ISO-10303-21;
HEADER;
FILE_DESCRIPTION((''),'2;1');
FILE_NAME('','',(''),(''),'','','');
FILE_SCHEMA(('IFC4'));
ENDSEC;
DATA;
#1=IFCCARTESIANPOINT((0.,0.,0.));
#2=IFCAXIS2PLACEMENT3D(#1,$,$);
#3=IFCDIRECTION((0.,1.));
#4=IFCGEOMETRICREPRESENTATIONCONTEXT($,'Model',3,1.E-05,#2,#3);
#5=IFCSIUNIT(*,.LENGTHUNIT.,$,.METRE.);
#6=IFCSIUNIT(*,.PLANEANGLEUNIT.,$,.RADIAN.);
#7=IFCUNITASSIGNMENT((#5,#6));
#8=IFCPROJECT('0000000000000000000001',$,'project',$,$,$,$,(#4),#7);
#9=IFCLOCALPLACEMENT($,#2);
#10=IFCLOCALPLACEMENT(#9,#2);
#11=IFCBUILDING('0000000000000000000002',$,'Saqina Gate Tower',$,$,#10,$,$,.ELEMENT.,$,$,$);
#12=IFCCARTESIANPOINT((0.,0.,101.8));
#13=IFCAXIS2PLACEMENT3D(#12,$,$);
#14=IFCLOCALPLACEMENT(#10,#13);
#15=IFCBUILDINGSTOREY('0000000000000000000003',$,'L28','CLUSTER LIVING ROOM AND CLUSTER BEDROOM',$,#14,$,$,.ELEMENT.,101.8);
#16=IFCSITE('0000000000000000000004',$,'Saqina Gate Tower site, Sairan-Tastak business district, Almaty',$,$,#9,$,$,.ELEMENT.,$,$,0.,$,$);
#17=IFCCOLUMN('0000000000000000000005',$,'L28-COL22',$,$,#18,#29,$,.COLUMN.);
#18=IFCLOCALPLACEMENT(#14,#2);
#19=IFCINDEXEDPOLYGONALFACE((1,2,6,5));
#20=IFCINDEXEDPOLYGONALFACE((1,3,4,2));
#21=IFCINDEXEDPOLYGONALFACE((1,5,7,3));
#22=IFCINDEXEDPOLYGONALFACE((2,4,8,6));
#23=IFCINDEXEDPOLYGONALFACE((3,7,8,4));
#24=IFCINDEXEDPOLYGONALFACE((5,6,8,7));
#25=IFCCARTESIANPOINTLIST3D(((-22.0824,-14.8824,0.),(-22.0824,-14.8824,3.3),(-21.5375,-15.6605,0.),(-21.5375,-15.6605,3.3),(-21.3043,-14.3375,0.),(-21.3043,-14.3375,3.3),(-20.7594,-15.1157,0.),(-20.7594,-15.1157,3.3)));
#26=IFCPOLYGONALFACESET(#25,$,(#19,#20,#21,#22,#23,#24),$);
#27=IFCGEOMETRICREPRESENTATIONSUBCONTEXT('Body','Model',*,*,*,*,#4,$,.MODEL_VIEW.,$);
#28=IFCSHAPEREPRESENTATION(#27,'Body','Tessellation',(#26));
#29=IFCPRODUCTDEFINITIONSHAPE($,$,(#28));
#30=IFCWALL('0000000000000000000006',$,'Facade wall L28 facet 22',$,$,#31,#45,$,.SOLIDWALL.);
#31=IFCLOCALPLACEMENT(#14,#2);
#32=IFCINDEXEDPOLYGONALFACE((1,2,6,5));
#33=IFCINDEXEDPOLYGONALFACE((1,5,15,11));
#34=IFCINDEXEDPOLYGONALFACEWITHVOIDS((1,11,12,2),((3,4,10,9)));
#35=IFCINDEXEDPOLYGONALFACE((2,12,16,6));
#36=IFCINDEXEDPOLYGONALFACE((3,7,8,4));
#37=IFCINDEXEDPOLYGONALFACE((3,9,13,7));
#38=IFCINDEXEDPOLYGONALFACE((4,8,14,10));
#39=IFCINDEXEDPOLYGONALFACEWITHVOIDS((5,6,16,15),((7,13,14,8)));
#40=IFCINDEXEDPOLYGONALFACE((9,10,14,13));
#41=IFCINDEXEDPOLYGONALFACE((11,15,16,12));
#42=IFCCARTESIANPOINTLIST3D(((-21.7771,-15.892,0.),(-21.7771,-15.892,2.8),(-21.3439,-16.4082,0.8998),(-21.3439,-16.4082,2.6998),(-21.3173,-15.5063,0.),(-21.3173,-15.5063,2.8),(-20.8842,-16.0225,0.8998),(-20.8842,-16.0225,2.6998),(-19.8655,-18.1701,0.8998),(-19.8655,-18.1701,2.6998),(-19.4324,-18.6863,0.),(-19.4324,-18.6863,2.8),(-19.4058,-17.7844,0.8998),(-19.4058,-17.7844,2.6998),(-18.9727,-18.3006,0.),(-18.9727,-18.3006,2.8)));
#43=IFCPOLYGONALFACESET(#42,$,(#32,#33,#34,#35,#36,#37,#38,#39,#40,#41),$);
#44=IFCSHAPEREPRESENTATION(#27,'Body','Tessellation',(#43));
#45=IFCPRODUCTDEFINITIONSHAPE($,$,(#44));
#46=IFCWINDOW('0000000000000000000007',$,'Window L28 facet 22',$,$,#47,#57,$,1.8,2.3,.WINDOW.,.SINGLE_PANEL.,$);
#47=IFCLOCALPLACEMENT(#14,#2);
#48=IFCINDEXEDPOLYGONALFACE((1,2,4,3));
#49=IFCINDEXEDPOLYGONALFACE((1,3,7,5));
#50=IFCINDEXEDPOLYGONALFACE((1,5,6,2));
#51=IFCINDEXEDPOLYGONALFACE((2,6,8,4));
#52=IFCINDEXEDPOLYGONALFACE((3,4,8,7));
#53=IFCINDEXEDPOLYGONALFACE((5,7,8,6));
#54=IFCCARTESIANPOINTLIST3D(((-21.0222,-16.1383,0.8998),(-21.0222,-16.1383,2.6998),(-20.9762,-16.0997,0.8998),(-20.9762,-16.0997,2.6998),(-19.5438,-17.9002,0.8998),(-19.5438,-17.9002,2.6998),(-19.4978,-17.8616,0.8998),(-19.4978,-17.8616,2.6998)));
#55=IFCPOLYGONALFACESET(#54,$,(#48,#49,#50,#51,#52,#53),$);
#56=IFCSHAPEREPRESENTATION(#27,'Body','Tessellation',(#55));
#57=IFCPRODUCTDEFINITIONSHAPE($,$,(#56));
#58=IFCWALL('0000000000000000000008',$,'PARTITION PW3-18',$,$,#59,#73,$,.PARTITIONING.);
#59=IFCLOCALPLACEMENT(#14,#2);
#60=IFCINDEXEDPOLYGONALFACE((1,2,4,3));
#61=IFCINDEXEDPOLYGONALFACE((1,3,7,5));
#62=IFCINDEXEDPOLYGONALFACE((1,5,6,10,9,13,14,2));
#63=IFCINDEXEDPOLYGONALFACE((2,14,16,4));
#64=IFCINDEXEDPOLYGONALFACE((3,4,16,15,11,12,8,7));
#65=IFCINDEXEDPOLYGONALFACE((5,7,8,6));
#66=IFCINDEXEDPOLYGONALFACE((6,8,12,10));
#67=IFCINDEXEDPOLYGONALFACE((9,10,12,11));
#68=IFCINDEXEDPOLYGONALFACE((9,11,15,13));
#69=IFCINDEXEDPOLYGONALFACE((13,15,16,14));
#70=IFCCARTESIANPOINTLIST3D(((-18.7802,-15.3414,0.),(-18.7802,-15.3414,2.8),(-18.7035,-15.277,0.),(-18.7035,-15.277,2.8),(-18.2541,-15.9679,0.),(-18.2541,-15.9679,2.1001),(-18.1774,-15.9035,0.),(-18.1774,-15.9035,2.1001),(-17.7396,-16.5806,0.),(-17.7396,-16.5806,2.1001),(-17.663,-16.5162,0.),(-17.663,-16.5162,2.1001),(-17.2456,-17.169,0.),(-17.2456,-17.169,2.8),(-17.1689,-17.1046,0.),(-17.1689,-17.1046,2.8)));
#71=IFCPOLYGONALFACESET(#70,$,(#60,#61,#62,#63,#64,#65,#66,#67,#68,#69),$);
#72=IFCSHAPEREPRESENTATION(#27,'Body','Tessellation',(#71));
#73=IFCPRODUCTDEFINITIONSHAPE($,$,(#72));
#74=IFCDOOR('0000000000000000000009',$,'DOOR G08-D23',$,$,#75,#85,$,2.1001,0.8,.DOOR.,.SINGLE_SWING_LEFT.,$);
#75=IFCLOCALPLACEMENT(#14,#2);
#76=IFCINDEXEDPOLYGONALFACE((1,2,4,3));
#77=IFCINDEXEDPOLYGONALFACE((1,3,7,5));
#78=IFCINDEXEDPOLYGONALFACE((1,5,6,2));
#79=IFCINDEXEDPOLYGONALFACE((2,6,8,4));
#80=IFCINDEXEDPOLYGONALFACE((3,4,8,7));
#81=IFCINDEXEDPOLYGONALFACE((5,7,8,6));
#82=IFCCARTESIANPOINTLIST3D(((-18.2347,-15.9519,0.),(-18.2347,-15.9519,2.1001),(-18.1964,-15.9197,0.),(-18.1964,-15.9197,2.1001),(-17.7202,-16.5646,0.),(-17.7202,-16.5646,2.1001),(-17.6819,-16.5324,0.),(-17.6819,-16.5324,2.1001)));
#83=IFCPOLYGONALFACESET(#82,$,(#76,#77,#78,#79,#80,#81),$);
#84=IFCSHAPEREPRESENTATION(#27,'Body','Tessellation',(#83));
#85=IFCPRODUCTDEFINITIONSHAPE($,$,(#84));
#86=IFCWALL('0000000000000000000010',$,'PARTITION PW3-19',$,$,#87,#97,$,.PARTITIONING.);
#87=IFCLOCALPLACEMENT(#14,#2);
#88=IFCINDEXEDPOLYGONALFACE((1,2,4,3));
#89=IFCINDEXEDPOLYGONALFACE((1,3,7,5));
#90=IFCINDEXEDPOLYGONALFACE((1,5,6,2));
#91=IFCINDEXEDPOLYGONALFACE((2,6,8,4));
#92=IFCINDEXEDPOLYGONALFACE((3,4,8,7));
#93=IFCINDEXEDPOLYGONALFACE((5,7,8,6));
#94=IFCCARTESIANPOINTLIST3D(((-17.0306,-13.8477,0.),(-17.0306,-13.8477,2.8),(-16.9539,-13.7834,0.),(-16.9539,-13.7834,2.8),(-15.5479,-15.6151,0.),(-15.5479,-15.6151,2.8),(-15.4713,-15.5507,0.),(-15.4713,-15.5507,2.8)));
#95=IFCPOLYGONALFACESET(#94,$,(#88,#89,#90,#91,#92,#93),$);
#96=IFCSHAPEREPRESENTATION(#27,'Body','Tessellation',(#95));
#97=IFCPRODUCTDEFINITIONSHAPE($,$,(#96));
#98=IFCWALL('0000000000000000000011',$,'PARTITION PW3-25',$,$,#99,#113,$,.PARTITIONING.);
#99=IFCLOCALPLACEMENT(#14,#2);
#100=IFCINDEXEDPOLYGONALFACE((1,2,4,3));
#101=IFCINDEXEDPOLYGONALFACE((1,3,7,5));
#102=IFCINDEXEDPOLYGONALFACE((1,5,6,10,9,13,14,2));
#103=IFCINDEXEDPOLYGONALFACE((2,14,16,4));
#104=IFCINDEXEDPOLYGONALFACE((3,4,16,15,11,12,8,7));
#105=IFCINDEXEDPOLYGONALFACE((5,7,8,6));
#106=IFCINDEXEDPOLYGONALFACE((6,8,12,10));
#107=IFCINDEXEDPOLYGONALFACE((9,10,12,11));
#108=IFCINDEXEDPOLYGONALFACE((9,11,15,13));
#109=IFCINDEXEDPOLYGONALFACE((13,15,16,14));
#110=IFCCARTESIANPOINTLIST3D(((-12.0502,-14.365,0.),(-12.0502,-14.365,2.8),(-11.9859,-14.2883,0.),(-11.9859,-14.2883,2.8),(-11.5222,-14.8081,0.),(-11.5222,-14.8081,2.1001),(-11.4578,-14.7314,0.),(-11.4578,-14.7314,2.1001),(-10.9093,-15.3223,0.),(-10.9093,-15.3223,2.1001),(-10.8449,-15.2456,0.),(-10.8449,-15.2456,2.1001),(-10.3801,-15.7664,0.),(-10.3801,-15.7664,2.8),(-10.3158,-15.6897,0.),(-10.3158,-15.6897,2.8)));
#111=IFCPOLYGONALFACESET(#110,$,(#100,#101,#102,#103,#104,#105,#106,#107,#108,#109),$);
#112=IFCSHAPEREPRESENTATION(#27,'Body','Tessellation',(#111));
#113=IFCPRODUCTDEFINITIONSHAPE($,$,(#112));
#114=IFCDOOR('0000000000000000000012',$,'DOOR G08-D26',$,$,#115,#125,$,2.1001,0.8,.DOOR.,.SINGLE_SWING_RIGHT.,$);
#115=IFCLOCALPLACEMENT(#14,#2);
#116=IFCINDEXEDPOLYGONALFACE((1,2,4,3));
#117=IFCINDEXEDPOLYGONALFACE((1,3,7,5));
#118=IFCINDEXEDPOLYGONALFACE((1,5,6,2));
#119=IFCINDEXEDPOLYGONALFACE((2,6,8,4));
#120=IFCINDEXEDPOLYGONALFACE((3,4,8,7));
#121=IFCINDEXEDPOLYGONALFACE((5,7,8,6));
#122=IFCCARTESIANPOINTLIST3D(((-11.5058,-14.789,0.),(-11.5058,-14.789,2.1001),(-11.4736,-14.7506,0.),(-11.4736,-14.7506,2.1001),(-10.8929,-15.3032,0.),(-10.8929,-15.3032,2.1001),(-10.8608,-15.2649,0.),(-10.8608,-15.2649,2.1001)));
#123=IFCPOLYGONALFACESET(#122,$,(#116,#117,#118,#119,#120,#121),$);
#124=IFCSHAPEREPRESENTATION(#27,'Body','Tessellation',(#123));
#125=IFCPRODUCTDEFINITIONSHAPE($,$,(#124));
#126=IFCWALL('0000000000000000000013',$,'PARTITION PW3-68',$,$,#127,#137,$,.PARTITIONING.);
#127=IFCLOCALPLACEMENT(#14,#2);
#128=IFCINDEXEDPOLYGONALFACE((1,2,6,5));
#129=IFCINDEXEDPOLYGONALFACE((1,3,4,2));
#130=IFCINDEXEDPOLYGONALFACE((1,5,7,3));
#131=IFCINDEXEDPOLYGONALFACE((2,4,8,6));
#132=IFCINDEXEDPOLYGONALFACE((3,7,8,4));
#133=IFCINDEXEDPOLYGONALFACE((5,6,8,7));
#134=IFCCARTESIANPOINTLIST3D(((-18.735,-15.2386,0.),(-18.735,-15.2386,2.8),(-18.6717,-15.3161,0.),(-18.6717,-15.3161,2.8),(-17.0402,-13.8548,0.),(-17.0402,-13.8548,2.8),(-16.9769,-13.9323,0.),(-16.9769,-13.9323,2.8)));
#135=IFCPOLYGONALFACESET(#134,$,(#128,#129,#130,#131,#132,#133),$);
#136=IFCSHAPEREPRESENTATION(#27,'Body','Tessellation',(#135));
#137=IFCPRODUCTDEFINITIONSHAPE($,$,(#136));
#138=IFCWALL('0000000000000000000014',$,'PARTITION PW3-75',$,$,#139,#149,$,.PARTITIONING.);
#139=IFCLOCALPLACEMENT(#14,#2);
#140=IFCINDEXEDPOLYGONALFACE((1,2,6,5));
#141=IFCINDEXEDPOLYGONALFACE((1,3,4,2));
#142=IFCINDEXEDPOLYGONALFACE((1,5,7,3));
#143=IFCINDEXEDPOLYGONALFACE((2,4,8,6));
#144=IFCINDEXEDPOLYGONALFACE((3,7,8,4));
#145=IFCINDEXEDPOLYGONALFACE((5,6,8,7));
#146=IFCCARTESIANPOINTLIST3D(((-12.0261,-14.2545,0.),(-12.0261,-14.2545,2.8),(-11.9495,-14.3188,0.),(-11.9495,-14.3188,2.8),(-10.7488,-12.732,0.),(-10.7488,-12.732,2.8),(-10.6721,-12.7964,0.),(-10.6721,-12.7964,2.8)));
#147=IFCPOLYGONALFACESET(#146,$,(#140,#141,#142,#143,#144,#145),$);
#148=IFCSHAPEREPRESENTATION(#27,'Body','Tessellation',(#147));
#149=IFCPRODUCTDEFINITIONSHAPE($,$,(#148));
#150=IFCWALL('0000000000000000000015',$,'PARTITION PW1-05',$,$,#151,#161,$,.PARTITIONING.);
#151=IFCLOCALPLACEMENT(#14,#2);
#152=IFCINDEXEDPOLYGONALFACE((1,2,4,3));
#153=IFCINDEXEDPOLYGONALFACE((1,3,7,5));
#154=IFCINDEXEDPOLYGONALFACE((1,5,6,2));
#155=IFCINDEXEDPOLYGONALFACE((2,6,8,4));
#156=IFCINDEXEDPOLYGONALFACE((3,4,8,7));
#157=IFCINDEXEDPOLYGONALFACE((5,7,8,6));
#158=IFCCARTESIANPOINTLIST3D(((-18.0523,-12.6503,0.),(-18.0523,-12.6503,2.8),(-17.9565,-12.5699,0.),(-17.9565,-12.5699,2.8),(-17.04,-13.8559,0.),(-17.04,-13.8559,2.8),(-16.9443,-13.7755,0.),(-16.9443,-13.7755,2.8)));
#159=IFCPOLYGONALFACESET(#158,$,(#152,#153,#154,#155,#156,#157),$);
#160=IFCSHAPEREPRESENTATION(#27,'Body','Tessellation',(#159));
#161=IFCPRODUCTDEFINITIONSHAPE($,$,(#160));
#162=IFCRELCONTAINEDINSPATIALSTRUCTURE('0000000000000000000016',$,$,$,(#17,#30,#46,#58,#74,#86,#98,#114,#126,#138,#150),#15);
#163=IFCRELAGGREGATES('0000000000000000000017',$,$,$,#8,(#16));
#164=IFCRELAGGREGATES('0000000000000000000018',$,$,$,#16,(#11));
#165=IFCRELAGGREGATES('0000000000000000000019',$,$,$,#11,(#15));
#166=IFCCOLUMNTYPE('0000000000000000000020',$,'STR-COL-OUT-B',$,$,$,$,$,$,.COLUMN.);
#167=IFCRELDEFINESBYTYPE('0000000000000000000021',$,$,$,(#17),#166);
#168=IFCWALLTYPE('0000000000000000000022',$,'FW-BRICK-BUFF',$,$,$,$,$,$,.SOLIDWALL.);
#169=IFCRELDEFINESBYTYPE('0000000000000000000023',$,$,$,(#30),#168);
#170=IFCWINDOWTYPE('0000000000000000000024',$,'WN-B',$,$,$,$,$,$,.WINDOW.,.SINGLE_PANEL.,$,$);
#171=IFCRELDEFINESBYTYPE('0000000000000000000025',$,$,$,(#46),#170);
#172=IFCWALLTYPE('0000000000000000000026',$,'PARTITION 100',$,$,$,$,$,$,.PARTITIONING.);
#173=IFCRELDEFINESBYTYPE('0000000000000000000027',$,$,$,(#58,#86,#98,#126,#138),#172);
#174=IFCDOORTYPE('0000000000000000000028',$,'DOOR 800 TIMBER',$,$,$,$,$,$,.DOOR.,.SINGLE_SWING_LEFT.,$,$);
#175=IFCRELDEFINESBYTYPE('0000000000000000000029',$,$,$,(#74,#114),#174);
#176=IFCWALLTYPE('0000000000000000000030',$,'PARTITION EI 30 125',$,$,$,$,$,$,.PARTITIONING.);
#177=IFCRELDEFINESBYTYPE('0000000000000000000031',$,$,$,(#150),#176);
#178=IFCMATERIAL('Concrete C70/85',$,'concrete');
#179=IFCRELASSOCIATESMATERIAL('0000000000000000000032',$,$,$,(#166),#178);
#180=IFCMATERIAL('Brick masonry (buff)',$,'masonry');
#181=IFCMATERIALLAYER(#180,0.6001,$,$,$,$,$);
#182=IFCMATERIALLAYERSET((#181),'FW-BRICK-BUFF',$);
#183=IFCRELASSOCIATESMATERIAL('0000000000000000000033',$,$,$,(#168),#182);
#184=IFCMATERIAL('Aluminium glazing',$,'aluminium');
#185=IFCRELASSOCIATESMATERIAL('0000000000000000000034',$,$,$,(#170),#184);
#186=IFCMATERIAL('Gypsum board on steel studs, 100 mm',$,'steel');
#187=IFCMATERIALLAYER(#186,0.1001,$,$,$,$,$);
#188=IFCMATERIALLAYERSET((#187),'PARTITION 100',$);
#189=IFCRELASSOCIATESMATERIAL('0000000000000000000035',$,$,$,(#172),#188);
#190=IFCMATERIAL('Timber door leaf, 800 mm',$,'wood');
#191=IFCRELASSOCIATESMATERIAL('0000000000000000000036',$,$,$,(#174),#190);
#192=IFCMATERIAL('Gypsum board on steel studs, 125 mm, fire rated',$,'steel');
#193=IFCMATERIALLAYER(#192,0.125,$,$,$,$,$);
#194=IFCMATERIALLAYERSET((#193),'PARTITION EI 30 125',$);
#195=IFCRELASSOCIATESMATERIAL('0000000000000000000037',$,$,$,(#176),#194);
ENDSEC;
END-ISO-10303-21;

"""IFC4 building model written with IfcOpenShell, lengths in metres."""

from ifc_helpers import new_model, si_unit, direction, frame, frame_2d, origin, origin_2d, place, context, subcontext, project, spatial, rectangle, extrude, material, layer, layer_set, material_profile, profile_set, type_object, element, fill, save


model = new_model("IFC4")

# Units and contexts
model_context = context("Model", 3, precision=1e-05, world=origin(), true_north=direction((0.0, 1.0)))
body_context = subcontext(model_context, "Body", "Model", "MODEL_VIEW")
ifc_project = project(units=[si_unit("LENGTHUNIT", "METRE"), si_unit("PLANEANGLEUNIT", "RADIAN")], contexts=[model_context])

# Site, building, storey
site_placement = place(None, origin())
site = spatial("IfcSite", under=ifc_project, at=site_placement, Name="Saqina Gate Tower site, Sairan-Tastak business district, Almaty", CompositionType="ELEMENT", RefElevation=0.0)
building_placement = place(site_placement, origin())
building = spatial("IfcBuilding", under=site, at=building_placement, Name="Saqina Gate Tower", CompositionType="ELEMENT")
storey_placement = place(building_placement, frame((0.0, 0.0, 101.8)))
storey = spatial("IfcBuildingStorey", under=building, at=storey_placement, Name="L28", Description="CLUSTER LIVING ROOM AND CLUSTER BEDROOM", CompositionType="ELEMENT", Elevation=101.8)

# Column
ifc_material_1 = material(Name="Concrete C70/85", Category="concrete")
ifc_material_profile = material_profile(ifc_material_1, rectangle(XDim=0.95, YDim=0.95, at=origin_2d()), Name="RC 950x950")
ifc_profile_set = profile_set([ifc_material_profile], Name="Concrete C70/85")
column_type = type_object("IfcColumnType", Name="STR-COL-OUT-B", PredefinedType="COLUMN", material=ifc_profile_set)
column_placement = place(storey_placement, frame((-21.4209, -14.999, 0.0), z_axis=(0.0, 0.0, 1.0), x_axis=(-0.819152, -0.573576, 0.0)))
element("IfcColumn", 1, at=column_placement, inside=storey, type_object=column_type, Name="L28-COL22", PredefinedType="COLUMN", context=body_context, shape_type="SweptSolid", body=[
    extrude(rectangle(XDim=0.95, YDim=0.95, at=origin_2d()), origin(), (0.0, 0.0, 1.0), 3.3),
])

# Wall, opening, window
ifc_material_2 = material(Name="Brick masonry (buff)", Category="masonry")
ifc_layer_1 = layer(ifc_material_2, 0.6001)
ifc_layer_set_1 = layer_set([ifc_layer_1], Name="FW-BRICK-BUFF")
wall_type_1 = type_object("IfcWallType", Name="FW-BRICK-BUFF", PredefinedType="SOLIDWALL", material=ifc_layer_set_1)
wall_1_placement = place(storey_placement, frame((-21.5471, -15.6992, 0.0), z_axis=(0.0, 0.0, 1.0), x_axis=(0.642774, -0.766055, 0.0)))
wall_1 = element("IfcWall", 2, at=wall_1_placement, inside=storey, type_object=wall_type_1, Name="Facade wall L28 facet 22", PredefinedType="SOLIDWALL", context=body_context, shape_type="SweptSolid", body=[
    extrude(rectangle(XDim=3.6477, YDim=0.6001, at=frame_2d((1.8237, 0.0))), origin(), (0.0, 0.0, 1.0), 2.8),
])
opening_1_placement = place(wall_1_placement, frame((0.6738, 0.0, 0.8999)))
opening_1 = element("IfcOpeningElement", 3, at=opening_1_placement, cuts=wall_1, PredefinedType="OPENING", context=body_context, shape_type="SweptSolid", body=[
    extrude(rectangle(XDim=2.3, YDim=1.8, at=frame_2d((1.1499, 0.8999))), frame((0.0, 0.312, 0.0), z_axis=(0.0, -1.0, 0.0), x_axis=(1.0, 0.0, 0.0)), (0.0, 0.0, 1.0), 0.624),
])
ifc_material_3 = material(Name="Aluminium glazing", Category="aluminium")
window_type = type_object("IfcWindowType", Name="WN-B", PartitioningType="SINGLE_PANEL", PredefinedType="WINDOW", material=ifc_material_3)
window_placement = place(opening_1_placement, origin())
window = element("IfcWindow", 4, at=window_placement, inside=storey, type_object=window_type, Name="Window L28 facet 22", OverallHeight=1.8, OverallWidth=2.3, PartitioningType="SINGLE_PANEL", PredefinedType="WINDOW", context=body_context, shape_type="SweptSolid", body=[
    extrude(rectangle(XDim=2.3, YDim=1.8, at=frame_2d((1.1499, 0.8999))), frame((0.0, 0.1799, 0.0), z_axis=(0.0, -1.0, 0.0), x_axis=(1.0, 0.0, 0.0)), (0.0, 0.0, 1.0), 0.0601),
])
fill(opening_1, window)

# Wall, opening, door
ifc_material_4 = material(Name="Gypsum board on steel studs, 100 mm", Category="steel")
ifc_layer_2 = layer(ifc_material_4, 0.1001)
ifc_layer_set_2 = layer_set([ifc_layer_2], Name="PARTITION 100")
wall_type_2 = type_object("IfcWallType", Name="PARTITION 100", PredefinedType="PARTITIONING", material=ifc_layer_set_2)
wall_2_placement = place(storey_placement, frame((-18.7419, -15.3091, 0.0), z_axis=(0.0, 0.0, 1.0), x_axis=(0.643058, -0.765818, 0.0)))
wall_2 = element("IfcWall", 5, at=wall_2_placement, inside=storey, type_object=wall_type_2, Name="PARTITION PW3-18", PredefinedType="PARTITIONING", context=body_context, shape_type="SweptSolid", body=[
    extrude(rectangle(XDim=2.3865, YDim=0.1001, at=frame_2d((1.1934, 0.0))), origin(), (0.0, 0.0, 1.0), 2.8),
])
opening_2_placement = place(wall_2_placement, frame((0.8184, 0.0, 0.0)))
opening_2 = element("IfcOpeningElement", 6, at=opening_2_placement, cuts=wall_2, PredefinedType="OPENING", context=body_context, shape_type="SweptSolid", body=[
    extrude(rectangle(XDim=0.8, YDim=2.1001, at=frame_2d((0.3999, 1.05))), frame((0.0, 0.062, 0.0), z_axis=(0.0, -1.0, 0.0), x_axis=(1.0, 0.0, 0.0)), (0.0, 0.0, 1.0), 0.124),
])
ifc_material_5 = material(Name="Timber door leaf, 800 mm", Category="wood")
door_type_1 = type_object("IfcDoorType", Name="DOOR 800 TIMBER", OperationType="SINGLE_SWING_LEFT", PredefinedType="DOOR", material=ifc_material_5)
door_1_placement = place(opening_2_placement, frame((0.8, 0.0, 0.0), z_axis=(0.0, 0.0, 1.0), x_axis=(-1.0, 0.0, 0.0)))
door_1 = element("IfcDoor", 7, at=door_1_placement, inside=storey, type_object=door_type_1, Name="DOOR G08-D23", OperationType="SINGLE_SWING_LEFT", OverallHeight=2.1001, OverallWidth=0.8, PredefinedType="DOOR", context=body_context, shape_type="SweptSolid", body=[
    extrude(rectangle(XDim=0.8, YDim=2.1001, at=frame_2d((0.3999, 1.05))), frame((0.0, 0.0249, 0.0), z_axis=(0.0, -1.0, 0.0), x_axis=(1.0, 0.0, 0.0)), (0.0, 0.0, 1.0), 0.05),
])
fill(opening_2, door_1)

# Wall
wall_3_placement = place(storey_placement, frame((-16.9922, -13.8157, 0.0), z_axis=(0.0, 0.0, 1.0), x_axis=(0.64271, -0.766109, 0.0)))
element("IfcWall", 8, at=wall_3_placement, inside=storey, type_object=wall_type_2, Name="PARTITION PW3-19", PredefinedType="PARTITIONING", context=body_context, shape_type="SweptSolid", body=[
    extrude(rectangle(XDim=2.3069, YDim=0.1001, at=frame_2d((1.1533, 0.0))), origin(), (0.0, 0.0, 1.0), 2.8),
])

# Wall, opening, door
wall_4_placement = place(storey_placement, frame((-12.0181, -14.3267, 0.0), z_axis=(0.0, 0.0, 1.0), x_axis=(0.76606, -0.642769, 0.0)))
wall_4 = element("IfcWall", 9, at=wall_4_placement, inside=storey, type_object=wall_type_2, Name="PARTITION PW3-25", PredefinedType="PARTITIONING", context=body_context, shape_type="SweptSolid", body=[
    extrude(rectangle(XDim=2.1802, YDim=0.1001, at=frame_2d((1.0901, 0.0))), origin(), (0.0, 0.0, 1.0), 2.8),
])
opening_3_placement = place(wall_4_placement, frame((0.6895, 0.0, 0.0)))
opening_3 = element("IfcOpeningElement", 10, at=opening_3_placement, cuts=wall_4, PredefinedType="OPENING", context=body_context, shape_type="SweptSolid", body=[
    extrude(rectangle(XDim=0.8, YDim=2.1001, at=frame_2d((0.3999, 1.05))), frame((0.0, 0.062, 0.0), z_axis=(0.0, -1.0, 0.0), x_axis=(1.0, 0.0, 0.0)), (0.0, 0.0, 1.0), 0.124),
])
door_2_placement = place(opening_3_placement, frame((0.8, 0.0, 0.0), z_axis=(0.0, 0.0, 1.0), x_axis=(-1.0, 0.0, 0.0)))
door_2 = element("IfcDoor", 11, at=door_2_placement, inside=storey, type_object=door_type_1, Name="DOOR G08-D26", OperationType="SINGLE_SWING_RIGHT", OverallHeight=2.1001, OverallWidth=0.8, PredefinedType="DOOR", context=body_context, shape_type="SweptSolid", body=[
    extrude(rectangle(XDim=0.8, YDim=2.1001, at=frame_2d((0.3999, 1.05))), frame((0.0, 0.0249, 0.0), z_axis=(0.0, -1.0, 0.0), x_axis=(1.0, 0.0, 0.0)), (0.0, 0.0, 1.0), 0.05),
])
fill(opening_3, door_2)

# Walls
wall_5_placement = place(storey_placement, frame((-18.7034, -15.2773, 0.0), z_axis=(0.0, 0.0, 1.0), x_axis=(0.774603, 0.632448, 0.0)))
element("IfcWall", 12, at=wall_5_placement, inside=storey, type_object=wall_type_2, Name="PARTITION PW3-68", PredefinedType="PARTITIONING", context=body_context, shape_type="SweptSolid", body=[
    extrude(rectangle(XDim=2.188, YDim=0.1001, at=frame_2d((1.094, 0.0))), origin(), (0.0, 0.0, 1.0), 2.8),
])
wall_6_placement = place(storey_placement, frame((-11.9878, -14.2866, 0.0), z_axis=(0.0, 0.0, 1.0), x_axis=(0.642743, 0.766082, 0.0)))
element("IfcWall", 13, at=wall_6_placement, inside=storey, type_object=wall_type_2, Name="PARTITION PW3-75", PredefinedType="PARTITIONING", context=body_context, shape_type="SweptSolid", body=[
    extrude(rectangle(XDim=1.9873, YDim=0.1001, at=frame_2d((0.9937, 0.0))), origin(), (0.0, 0.0, 1.0), 2.8),
])
ifc_material_6 = material(Name="Gypsum board on steel studs, 125 mm, fire rated", Category="steel")
ifc_layer_3 = layer(ifc_material_6, 0.125)
ifc_layer_set_3 = layer_set([ifc_layer_3], Name="PARTITION EI 30 125")
wall_type_3 = type_object("IfcWallType", Name="PARTITION EI 30 125", PredefinedType="PARTITIONING", material=ifc_layer_set_3)
wall_7_placement = place(storey_placement, frame((-18.0044, -12.6101, 0.0), z_axis=(0.0, 0.0, 1.0), x_axis=(0.643017, -0.765851, 0.0)))
element("IfcWall", 14, at=wall_7_placement, inside=storey, type_object=wall_type_3, Name="PARTITION PW1-05", PredefinedType="PARTITIONING", context=body_context, shape_type="SweptSolid", body=[
    extrude(rectangle(XDim=1.5742, YDim=0.125, at=frame_2d((0.7871, 0.0))), origin(), (0.0, 0.0, 1.0), 2.8),
])

save(model, "model.ifc")
